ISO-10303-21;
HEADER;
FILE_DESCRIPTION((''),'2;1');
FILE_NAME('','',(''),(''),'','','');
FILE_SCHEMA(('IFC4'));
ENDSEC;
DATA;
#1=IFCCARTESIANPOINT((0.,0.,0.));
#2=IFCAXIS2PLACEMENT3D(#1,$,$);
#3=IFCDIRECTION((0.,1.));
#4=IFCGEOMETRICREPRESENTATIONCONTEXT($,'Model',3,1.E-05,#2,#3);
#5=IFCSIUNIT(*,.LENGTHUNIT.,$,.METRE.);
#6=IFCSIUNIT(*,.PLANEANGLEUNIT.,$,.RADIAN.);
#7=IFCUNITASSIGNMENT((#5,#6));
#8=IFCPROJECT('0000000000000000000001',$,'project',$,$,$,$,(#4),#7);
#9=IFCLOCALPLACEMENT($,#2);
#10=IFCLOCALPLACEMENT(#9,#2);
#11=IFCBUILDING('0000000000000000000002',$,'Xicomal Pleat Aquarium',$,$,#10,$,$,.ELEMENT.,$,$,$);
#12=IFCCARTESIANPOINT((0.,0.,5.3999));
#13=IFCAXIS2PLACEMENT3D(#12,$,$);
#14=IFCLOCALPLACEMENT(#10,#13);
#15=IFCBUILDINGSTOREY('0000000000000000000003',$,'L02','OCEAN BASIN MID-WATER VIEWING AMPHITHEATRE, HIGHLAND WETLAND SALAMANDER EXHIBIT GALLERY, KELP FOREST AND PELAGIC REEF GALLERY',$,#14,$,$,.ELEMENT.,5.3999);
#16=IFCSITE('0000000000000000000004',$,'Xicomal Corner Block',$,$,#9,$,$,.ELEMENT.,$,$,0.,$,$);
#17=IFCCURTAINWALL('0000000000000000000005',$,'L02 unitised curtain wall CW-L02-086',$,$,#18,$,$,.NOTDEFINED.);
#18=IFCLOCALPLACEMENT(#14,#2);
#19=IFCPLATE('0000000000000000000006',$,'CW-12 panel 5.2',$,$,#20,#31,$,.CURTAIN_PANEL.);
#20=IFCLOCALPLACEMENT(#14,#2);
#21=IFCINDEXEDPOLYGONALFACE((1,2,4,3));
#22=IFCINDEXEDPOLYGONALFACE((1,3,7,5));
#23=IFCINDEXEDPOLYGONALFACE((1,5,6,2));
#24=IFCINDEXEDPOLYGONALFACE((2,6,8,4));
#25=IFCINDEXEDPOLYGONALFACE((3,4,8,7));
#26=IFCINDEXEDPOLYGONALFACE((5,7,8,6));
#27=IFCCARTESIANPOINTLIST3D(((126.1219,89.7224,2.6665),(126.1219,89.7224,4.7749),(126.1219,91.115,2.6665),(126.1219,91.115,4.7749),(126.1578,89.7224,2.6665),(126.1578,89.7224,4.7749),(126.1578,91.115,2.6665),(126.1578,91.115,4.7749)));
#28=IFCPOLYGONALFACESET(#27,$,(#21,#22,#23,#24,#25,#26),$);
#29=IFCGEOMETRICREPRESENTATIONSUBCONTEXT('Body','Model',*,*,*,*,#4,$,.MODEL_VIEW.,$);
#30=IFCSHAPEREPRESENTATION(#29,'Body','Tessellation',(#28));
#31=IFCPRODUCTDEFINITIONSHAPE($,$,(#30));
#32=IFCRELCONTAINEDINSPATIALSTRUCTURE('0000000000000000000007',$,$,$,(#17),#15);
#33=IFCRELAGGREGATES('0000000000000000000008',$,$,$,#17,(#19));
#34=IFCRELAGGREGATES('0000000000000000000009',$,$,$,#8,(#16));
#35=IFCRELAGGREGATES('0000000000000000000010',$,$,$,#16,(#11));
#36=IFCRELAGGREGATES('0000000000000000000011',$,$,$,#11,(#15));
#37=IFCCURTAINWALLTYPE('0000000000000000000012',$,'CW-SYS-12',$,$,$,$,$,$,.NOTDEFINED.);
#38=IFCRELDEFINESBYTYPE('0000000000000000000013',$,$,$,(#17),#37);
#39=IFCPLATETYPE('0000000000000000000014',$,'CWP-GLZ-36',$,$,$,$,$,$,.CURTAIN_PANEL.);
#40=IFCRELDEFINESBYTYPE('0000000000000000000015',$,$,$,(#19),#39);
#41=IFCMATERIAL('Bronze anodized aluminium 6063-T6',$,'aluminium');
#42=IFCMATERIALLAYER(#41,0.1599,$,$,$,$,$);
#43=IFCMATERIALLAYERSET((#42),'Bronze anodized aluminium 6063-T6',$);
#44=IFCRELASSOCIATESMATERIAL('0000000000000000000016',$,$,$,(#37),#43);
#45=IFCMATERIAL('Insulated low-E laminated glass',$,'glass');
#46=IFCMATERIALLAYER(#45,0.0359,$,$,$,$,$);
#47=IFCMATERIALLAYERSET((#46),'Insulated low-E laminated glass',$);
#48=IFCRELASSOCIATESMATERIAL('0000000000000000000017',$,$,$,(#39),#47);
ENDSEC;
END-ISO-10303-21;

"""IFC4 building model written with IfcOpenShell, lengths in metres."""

from ifc_helpers import new_model, si_unit, direction, frame, origin, origin_2d, place, context, subcontext, project, spatial, rectangle, extrude, material, layer, layer_set, type_object, element, aggregate, save


model = new_model("IFC4")

# Units and contexts
model_context = context("Model", 3, precision=1e-05, world=origin(), true_north=direction((0.0, 1.0)))
body_context = subcontext(model_context, "Body", "Model", "MODEL_VIEW")
ifc_project = project(units=[si_unit("LENGTHUNIT", "METRE"), si_unit("PLANEANGLEUNIT", "RADIAN")], contexts=[model_context])

# Site, building, storey
site_placement = place(None, origin())
site = spatial("IfcSite", under=ifc_project, at=site_placement, Name="Xicomal Corner Block", CompositionType="ELEMENT", RefElevation=0.0)
building_placement = place(site_placement, origin())
building = spatial("IfcBuilding", under=site, at=building_placement, Name="Xicomal Pleat Aquarium", CompositionType="ELEMENT")
storey_placement = place(building_placement, frame((0.0, 0.0, 5.3999)))
storey = spatial("IfcBuildingStorey", under=building, at=storey_placement, Name="L02", Description="OCEAN BASIN MID-WATER VIEWING AMPHITHEATRE, HIGHLAND WETLAND SALAMANDER EXHIBIT GALLERY, KELP FOREST AND PELAGIC REEF GALLERY", CompositionType="ELEMENT", Elevation=5.3999)

# Curtain wall
ifc_material_1 = material(Name="Bronze anodized aluminium 6063-T6", Category="aluminium")
ifc_layer_1 = layer(ifc_material_1, 0.1599)
ifc_layer_set_1 = layer_set([ifc_layer_1], Name="Bronze anodized aluminium 6063-T6")
curtain_wall_type_1 = type_object("IfcCurtainWallType", Name="CW-SYS-12", PredefinedType="NOTDEFINED", material=ifc_layer_set_1)
curtain_wall_1_placement = place(storey_placement, origin())
curtain_wall_1 = element("IfcCurtainWall", 1, at=curtain_wall_1_placement, inside=storey, type_object=curtain_wall_type_1, Name="L02 unitised curtain wall CW-L02-086", PredefinedType="NOTDEFINED")

# Plate
ifc_material_2 = material(Name="Insulated low-E laminated glass", Category="glass")
ifc_layer_2 = layer(ifc_material_2, 0.0359)
ifc_layer_set_2 = layer_set([ifc_layer_2], Name="Insulated low-E laminated glass")
plate_type = type_object("IfcPlateType", Name="CWP-GLZ-36", PredefinedType="CURTAIN_PANEL", material=ifc_layer_set_2)
plate_1_placement = place(storey_placement, frame((126.1399, 90.4187, 2.6665), z_axis=(0.0, 0.0, 1.0), x_axis=(0.0, 1.0, 0.0)))
plate_1 = element("IfcPlate", 2, at=plate_1_placement, type_object=plate_type, Name="CW-12 panel 5.2", PredefinedType="CURTAIN_PANEL", context=body_context, shape_type="SweptSolid", body=[
    extrude(rectangle(XDim=1.3926, YDim=0.0359, at=origin_2d()), origin(), (0.0, 0.0, 1.0), 2.1084),
])
aggregate(curtain_wall_1, [plate_1])

save(model, "model.ifc")
